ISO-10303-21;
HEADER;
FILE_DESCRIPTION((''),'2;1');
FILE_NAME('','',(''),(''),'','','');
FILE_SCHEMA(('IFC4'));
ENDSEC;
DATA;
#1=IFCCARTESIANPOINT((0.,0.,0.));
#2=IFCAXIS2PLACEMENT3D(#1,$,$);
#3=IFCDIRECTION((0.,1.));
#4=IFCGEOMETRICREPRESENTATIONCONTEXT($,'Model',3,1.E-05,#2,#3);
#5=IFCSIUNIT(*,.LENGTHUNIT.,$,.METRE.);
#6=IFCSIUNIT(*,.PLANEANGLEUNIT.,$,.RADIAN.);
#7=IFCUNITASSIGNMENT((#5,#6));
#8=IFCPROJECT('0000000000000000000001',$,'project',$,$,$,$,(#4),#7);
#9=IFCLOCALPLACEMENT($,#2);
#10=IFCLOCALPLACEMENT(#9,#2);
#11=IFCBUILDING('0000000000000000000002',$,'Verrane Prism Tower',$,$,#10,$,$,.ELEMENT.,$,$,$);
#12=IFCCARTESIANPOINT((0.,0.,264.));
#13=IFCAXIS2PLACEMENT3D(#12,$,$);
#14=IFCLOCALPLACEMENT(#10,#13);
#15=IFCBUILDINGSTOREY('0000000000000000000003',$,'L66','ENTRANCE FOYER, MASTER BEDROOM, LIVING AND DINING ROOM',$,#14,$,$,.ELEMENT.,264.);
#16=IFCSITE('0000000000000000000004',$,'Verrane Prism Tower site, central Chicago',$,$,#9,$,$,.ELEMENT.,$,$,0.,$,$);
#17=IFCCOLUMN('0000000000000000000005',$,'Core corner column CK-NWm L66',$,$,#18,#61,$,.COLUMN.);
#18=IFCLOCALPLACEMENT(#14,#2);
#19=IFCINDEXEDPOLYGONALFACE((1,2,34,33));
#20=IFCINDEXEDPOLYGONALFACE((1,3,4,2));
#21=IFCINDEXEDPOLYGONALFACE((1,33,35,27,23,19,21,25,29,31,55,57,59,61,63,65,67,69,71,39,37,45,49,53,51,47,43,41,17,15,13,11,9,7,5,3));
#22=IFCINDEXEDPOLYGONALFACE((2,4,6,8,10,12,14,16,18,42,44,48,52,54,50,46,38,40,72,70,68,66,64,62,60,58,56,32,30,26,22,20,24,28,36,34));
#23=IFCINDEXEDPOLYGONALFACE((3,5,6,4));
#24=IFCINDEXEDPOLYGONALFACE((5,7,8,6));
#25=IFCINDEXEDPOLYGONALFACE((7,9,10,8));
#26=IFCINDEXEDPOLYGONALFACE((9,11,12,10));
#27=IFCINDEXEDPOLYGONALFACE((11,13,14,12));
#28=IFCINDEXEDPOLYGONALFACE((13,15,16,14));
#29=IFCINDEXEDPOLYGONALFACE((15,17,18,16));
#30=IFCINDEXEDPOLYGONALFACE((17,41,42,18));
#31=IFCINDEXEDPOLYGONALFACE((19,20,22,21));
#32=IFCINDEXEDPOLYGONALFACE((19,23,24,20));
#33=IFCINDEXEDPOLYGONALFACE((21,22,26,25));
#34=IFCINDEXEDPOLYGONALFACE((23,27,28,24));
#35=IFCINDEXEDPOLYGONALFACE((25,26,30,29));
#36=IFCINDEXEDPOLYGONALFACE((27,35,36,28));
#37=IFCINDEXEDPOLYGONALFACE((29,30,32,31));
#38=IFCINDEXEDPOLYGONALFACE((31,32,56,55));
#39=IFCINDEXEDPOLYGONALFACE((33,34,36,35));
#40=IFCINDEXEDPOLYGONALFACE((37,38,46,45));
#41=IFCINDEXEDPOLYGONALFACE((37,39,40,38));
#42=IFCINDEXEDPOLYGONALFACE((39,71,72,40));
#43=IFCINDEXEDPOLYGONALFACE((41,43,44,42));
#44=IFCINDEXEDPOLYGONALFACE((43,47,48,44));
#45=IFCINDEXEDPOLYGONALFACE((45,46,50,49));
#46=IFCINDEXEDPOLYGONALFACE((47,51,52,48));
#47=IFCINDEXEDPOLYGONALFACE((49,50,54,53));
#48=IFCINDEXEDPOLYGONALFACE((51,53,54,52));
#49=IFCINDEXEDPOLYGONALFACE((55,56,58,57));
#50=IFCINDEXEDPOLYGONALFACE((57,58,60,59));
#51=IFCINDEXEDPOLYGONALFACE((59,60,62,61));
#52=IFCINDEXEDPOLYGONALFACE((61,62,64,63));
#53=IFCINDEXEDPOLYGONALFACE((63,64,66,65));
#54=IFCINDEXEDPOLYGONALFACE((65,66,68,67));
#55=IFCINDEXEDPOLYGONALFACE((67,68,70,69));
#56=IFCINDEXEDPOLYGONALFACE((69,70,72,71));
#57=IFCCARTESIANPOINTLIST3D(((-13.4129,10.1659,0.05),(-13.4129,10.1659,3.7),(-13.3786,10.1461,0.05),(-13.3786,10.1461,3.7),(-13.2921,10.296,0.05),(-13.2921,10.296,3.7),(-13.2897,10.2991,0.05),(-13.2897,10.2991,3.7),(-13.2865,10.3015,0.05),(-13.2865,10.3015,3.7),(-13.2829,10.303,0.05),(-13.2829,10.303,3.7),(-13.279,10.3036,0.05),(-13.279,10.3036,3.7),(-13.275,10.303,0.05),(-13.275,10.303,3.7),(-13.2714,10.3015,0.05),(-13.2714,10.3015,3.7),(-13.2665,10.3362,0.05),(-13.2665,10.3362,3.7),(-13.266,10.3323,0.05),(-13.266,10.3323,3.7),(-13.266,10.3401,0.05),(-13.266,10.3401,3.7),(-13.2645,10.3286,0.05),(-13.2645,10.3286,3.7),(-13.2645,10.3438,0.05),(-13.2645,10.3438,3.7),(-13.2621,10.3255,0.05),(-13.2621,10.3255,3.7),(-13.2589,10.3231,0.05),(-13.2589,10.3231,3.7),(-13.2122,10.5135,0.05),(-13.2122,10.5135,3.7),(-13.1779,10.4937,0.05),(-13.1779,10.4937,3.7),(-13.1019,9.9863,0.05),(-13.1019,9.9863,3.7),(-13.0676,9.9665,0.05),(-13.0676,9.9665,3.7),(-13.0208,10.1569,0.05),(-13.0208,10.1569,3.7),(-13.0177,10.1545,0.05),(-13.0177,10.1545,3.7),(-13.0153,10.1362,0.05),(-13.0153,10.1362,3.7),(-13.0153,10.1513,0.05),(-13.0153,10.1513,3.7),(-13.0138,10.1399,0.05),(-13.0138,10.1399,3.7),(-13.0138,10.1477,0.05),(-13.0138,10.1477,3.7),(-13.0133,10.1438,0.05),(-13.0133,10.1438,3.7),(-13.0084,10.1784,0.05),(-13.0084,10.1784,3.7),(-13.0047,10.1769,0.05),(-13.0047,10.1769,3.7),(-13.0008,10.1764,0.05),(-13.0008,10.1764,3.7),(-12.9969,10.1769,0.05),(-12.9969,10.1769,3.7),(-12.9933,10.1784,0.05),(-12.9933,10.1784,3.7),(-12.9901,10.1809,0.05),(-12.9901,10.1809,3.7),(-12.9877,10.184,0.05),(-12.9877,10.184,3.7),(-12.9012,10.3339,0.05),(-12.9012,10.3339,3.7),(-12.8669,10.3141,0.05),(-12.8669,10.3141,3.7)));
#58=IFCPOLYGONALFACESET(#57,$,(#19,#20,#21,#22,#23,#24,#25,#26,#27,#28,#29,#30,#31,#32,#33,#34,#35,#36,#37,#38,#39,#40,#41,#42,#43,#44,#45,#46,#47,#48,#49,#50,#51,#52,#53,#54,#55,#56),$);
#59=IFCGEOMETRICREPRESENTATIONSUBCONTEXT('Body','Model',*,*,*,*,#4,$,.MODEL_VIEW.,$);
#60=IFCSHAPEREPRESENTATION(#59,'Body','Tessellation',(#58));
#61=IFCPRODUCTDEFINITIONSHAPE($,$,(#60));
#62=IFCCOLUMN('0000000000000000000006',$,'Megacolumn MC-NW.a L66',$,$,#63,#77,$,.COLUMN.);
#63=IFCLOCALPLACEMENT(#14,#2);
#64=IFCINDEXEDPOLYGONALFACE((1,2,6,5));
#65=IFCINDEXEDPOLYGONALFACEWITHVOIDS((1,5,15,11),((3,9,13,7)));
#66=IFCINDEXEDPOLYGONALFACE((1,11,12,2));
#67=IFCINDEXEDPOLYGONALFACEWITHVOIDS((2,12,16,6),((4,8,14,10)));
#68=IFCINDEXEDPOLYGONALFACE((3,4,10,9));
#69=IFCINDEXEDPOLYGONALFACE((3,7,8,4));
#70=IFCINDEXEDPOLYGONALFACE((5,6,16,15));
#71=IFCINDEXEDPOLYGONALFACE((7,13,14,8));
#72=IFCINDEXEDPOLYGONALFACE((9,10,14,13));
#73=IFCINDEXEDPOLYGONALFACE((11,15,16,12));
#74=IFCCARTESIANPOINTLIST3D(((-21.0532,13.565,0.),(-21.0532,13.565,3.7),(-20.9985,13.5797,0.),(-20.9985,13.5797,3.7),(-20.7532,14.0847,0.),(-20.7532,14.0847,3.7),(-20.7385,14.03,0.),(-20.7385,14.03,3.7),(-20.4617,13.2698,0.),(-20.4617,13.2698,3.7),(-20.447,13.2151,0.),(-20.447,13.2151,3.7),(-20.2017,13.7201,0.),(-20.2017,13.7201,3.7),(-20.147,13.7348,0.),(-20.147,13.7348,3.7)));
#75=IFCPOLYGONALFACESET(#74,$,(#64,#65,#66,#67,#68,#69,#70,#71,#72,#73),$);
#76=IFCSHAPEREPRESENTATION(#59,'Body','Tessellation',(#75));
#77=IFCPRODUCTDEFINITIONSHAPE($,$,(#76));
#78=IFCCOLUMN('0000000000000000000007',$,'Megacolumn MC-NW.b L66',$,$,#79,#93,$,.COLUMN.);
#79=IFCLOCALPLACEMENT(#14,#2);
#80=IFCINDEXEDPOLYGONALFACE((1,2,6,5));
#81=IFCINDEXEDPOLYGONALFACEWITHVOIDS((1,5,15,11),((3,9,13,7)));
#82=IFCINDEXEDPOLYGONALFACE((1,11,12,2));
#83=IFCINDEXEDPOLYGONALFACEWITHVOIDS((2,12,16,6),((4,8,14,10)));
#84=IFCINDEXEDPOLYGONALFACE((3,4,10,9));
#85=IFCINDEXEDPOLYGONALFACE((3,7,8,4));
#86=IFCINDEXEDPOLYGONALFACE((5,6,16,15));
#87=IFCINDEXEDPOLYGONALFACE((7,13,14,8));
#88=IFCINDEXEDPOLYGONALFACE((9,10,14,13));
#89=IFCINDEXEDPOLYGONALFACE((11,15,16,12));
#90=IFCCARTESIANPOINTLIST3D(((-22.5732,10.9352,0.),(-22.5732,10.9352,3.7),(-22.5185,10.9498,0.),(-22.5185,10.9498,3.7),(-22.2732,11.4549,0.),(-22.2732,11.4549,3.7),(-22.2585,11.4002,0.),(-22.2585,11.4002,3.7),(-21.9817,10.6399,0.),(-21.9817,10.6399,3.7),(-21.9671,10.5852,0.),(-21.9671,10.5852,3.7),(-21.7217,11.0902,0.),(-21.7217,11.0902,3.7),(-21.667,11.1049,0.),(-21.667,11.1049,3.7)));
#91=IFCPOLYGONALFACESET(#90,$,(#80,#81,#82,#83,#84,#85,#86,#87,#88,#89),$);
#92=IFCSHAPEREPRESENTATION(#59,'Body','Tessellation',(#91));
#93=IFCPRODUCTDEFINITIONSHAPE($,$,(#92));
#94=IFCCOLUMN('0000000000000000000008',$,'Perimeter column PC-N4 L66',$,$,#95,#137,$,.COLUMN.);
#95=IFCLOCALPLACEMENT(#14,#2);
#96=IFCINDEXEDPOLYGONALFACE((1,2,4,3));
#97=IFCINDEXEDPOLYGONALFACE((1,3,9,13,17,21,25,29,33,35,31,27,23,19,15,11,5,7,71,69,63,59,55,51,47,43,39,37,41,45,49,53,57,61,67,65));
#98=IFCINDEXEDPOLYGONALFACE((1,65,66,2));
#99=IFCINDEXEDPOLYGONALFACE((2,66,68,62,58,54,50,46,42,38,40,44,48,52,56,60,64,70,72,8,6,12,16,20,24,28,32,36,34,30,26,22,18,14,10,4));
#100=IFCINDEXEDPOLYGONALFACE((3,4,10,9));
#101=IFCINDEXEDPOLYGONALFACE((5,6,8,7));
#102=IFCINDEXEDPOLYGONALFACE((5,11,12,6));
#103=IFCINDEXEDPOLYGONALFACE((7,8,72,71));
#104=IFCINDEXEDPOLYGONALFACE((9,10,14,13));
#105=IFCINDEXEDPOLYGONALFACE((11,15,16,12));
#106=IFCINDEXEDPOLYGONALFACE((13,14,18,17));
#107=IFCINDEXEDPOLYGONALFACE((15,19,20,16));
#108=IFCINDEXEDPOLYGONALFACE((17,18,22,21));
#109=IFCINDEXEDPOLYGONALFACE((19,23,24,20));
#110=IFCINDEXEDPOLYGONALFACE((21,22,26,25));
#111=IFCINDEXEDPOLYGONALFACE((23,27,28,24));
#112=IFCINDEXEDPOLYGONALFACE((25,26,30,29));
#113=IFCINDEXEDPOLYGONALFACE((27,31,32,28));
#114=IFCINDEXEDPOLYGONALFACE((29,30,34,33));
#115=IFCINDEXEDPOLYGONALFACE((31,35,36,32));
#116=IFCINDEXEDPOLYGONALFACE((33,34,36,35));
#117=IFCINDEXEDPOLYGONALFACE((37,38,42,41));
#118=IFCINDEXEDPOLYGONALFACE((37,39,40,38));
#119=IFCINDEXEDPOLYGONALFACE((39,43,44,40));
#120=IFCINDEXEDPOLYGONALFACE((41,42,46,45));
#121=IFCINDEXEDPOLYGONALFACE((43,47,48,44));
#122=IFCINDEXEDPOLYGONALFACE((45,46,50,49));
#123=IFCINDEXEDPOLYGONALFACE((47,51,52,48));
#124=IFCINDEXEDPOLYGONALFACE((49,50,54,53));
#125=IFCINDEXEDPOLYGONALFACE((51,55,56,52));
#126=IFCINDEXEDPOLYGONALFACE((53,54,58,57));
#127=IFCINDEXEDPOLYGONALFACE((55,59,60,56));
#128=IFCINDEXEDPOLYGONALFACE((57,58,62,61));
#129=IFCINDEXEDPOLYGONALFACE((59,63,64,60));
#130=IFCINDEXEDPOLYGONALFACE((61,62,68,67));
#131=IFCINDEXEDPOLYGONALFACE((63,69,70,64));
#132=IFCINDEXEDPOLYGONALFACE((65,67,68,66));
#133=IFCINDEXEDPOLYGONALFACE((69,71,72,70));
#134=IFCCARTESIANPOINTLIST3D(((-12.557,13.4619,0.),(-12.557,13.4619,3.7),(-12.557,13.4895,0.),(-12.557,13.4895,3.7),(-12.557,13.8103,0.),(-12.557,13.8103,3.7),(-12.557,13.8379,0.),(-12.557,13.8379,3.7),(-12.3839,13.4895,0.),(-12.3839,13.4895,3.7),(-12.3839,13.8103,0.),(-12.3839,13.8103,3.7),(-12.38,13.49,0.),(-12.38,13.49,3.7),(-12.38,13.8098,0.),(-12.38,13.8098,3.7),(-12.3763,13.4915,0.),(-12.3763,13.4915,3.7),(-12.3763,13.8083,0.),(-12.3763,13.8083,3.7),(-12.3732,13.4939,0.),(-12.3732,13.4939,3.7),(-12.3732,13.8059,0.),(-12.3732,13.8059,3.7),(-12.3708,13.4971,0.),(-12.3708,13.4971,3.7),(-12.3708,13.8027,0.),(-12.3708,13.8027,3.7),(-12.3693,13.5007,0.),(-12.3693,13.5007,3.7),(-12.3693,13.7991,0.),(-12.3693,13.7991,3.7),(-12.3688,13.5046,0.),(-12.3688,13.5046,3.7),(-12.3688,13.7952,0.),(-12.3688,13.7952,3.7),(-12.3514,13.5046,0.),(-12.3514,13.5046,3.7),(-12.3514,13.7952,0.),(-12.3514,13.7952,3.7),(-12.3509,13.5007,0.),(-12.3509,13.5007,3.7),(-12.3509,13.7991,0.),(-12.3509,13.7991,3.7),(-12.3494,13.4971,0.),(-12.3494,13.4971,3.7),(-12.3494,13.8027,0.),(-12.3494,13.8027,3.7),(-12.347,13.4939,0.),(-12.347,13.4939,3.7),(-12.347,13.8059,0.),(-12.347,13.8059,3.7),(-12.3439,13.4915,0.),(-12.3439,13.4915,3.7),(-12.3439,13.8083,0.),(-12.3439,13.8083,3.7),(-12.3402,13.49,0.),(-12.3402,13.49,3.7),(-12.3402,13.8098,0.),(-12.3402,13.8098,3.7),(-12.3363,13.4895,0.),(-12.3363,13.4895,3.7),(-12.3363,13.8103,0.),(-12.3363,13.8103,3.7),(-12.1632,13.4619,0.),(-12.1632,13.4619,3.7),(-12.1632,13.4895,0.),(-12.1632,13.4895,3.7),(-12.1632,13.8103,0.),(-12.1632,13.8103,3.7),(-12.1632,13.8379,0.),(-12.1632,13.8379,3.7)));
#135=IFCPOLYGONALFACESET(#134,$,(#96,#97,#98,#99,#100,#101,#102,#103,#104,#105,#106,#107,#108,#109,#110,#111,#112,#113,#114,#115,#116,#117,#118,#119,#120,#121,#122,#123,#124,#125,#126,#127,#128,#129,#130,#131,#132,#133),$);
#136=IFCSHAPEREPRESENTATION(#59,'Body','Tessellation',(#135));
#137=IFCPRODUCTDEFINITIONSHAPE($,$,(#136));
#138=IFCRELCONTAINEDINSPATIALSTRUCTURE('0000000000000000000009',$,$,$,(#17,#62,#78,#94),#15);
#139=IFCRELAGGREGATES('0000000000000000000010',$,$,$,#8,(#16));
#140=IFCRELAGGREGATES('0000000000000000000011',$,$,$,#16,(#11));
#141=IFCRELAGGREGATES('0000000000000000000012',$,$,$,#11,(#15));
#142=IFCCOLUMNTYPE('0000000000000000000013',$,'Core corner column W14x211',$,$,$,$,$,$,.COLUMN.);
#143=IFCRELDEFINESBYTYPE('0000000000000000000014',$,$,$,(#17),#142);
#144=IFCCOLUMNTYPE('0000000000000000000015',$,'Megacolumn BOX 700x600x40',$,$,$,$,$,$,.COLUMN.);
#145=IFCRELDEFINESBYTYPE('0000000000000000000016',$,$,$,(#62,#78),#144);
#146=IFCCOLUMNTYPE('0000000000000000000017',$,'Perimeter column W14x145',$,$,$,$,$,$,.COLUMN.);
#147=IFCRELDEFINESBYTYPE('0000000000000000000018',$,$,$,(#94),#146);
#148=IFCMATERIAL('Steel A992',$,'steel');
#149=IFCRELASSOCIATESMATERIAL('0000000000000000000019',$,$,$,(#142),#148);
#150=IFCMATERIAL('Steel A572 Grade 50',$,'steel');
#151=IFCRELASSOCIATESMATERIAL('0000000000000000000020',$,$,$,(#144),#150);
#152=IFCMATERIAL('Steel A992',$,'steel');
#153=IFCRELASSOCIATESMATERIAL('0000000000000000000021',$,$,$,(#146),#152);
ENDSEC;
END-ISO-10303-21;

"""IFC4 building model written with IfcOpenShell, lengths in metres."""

from ifc_helpers import new_model, si_unit, direction, frame, origin, origin_2d, place, context, subcontext, project, spatial, hollow_rectangle, i_section, extrude, material, material_profile, profile_set, type_object, element, save


model = new_model("IFC4")

# Units and contexts
model_context = context("Model", 3, precision=1e-05, world=origin(), true_north=direction((0.0, 1.0)))
body_context = subcontext(model_context, "Body", "Model", "MODEL_VIEW")
ifc_project = project(units=[si_unit("LENGTHUNIT", "METRE"), si_unit("PLANEANGLEUNIT", "RADIAN")], contexts=[model_context])

# Site, building, storey
site_placement = place(None, origin())
site = spatial("IfcSite", under=ifc_project, at=site_placement, Name="Verrane Prism Tower site, central Chicago", CompositionType="ELEMENT", RefElevation=0.0)
building_placement = place(site_placement, origin())
building = spatial("IfcBuilding", under=site, at=building_placement, Name="Verrane Prism Tower", CompositionType="ELEMENT")
storey_placement = place(building_placement, frame((0.0, 0.0, 264.0)))
storey = spatial("IfcBuildingStorey", under=building, at=storey_placement, Name="L66", Description="ENTRANCE FOYER, MASTER BEDROOM, LIVING AND DINING ROOM", CompositionType="ELEMENT", Elevation=264.0)

# Columns
ifc_material_1 = material(Name="Steel A992", Category="steel")
ifc_material_profile_1 = material_profile(ifc_material_1, i_section(OverallWidth=0.4014, OverallDepth=0.3987, WebThickness=0.0249, FlangeThickness=0.0396, FilletRadius=0.0151, at=origin_2d()), Name="W14x211")
ifc_profile_set_1 = profile_set([ifc_material_profile_1], Name="Steel A992")
column_type_1 = type_object("IfcColumnType", Name="Core corner column W14x211", PredefinedType="COLUMN", material=ifc_profile_set_1)
column_1_placement = place(storey_placement, frame((-13.1399, 10.24, 0.05), z_axis=(0.0, 0.0, 1.0), x_axis=(0.5, 0.866025, 0.0)))
element("IfcColumn", 1, at=column_1_placement, inside=storey, type_object=column_type_1, Name="Core corner column CK-NWm L66", PredefinedType="COLUMN", context=body_context, shape_type="SweptSolid", body=[
    extrude(i_section(OverallWidth=0.4014, OverallDepth=0.3987, WebThickness=0.0249, FlangeThickness=0.0396, FilletRadius=0.0151, at=origin_2d()), origin(), (0.0, 0.0, 1.0), 3.6499),
])
ifc_material_2 = material(Name="Steel A572 Grade 50", Category="steel")
ifc_material_profile_2 = material_profile(ifc_material_2, hollow_rectangle(XDim=0.6001, YDim=0.7, WallThickness=0.04, at=origin_2d()), Name="BOX 700x600x40")
ifc_profile_set_2 = profile_set([ifc_material_profile_2], Name="Steel A572 Grade 50")
column_type_2 = type_object("IfcColumnType", Name="Megacolumn BOX 700x600x40", PredefinedType="COLUMN", material=ifc_profile_set_2)
for number, where, z_axis, x_axis, name in (
    (2, (-20.6001, 13.6499, 0.0), (0.0, 0.0, 1.0), (0.5, 0.866025, 0.0), "Megacolumn MC-NW.a L66"),
    (3, (-22.1201, 11.02, 0.0), (0.0, 0.0, 1.0), (0.5, 0.866025, 0.0), "Megacolumn MC-NW.b L66"),
):
    element("IfcColumn", number, at=place(storey_placement, frame(where, z_axis=z_axis, x_axis=x_axis)), inside=storey, type_object=column_type_2, Name=name, PredefinedType="COLUMN", context=body_context, shape_type="SweptSolid", body=[
        extrude(hollow_rectangle(XDim=0.6001, YDim=0.7, WallThickness=0.04, at=origin_2d()), origin(), (0.0, 0.0, 1.0), 3.7),
    ])
ifc_material_3 = material(Name="Steel A992", Category="steel")
ifc_material_profile_3 = material_profile(ifc_material_3, i_section(OverallWidth=0.3938, OverallDepth=0.376, WebThickness=0.0173, FlangeThickness=0.0276, FilletRadius=0.0151, at=origin_2d()), Name="W14x145")
ifc_profile_set_3 = profile_set([ifc_material_profile_3], Name="Steel A992")
column_type_3 = type_object("IfcColumnType", Name="Perimeter column W14x145", PredefinedType="COLUMN", material=ifc_profile_set_3)
column_2_placement = place(storey_placement, frame((-12.3601, 13.6499, 0.0), z_axis=(0.0, 0.0, 1.0), x_axis=(1.0, 0.0, 0.0)))
element("IfcColumn", 4, at=column_2_placement, inside=storey, type_object=column_type_3, Name="Perimeter column PC-N4 L66", PredefinedType="COLUMN", context=body_context, shape_type="SweptSolid", body=[
    extrude(i_section(OverallWidth=0.3938, OverallDepth=0.376, WebThickness=0.0173, FlangeThickness=0.0276, FilletRadius=0.0151, at=origin_2d()), origin(), (0.0, 0.0, 1.0), 3.7),
])

save(model, "model.ifc")
